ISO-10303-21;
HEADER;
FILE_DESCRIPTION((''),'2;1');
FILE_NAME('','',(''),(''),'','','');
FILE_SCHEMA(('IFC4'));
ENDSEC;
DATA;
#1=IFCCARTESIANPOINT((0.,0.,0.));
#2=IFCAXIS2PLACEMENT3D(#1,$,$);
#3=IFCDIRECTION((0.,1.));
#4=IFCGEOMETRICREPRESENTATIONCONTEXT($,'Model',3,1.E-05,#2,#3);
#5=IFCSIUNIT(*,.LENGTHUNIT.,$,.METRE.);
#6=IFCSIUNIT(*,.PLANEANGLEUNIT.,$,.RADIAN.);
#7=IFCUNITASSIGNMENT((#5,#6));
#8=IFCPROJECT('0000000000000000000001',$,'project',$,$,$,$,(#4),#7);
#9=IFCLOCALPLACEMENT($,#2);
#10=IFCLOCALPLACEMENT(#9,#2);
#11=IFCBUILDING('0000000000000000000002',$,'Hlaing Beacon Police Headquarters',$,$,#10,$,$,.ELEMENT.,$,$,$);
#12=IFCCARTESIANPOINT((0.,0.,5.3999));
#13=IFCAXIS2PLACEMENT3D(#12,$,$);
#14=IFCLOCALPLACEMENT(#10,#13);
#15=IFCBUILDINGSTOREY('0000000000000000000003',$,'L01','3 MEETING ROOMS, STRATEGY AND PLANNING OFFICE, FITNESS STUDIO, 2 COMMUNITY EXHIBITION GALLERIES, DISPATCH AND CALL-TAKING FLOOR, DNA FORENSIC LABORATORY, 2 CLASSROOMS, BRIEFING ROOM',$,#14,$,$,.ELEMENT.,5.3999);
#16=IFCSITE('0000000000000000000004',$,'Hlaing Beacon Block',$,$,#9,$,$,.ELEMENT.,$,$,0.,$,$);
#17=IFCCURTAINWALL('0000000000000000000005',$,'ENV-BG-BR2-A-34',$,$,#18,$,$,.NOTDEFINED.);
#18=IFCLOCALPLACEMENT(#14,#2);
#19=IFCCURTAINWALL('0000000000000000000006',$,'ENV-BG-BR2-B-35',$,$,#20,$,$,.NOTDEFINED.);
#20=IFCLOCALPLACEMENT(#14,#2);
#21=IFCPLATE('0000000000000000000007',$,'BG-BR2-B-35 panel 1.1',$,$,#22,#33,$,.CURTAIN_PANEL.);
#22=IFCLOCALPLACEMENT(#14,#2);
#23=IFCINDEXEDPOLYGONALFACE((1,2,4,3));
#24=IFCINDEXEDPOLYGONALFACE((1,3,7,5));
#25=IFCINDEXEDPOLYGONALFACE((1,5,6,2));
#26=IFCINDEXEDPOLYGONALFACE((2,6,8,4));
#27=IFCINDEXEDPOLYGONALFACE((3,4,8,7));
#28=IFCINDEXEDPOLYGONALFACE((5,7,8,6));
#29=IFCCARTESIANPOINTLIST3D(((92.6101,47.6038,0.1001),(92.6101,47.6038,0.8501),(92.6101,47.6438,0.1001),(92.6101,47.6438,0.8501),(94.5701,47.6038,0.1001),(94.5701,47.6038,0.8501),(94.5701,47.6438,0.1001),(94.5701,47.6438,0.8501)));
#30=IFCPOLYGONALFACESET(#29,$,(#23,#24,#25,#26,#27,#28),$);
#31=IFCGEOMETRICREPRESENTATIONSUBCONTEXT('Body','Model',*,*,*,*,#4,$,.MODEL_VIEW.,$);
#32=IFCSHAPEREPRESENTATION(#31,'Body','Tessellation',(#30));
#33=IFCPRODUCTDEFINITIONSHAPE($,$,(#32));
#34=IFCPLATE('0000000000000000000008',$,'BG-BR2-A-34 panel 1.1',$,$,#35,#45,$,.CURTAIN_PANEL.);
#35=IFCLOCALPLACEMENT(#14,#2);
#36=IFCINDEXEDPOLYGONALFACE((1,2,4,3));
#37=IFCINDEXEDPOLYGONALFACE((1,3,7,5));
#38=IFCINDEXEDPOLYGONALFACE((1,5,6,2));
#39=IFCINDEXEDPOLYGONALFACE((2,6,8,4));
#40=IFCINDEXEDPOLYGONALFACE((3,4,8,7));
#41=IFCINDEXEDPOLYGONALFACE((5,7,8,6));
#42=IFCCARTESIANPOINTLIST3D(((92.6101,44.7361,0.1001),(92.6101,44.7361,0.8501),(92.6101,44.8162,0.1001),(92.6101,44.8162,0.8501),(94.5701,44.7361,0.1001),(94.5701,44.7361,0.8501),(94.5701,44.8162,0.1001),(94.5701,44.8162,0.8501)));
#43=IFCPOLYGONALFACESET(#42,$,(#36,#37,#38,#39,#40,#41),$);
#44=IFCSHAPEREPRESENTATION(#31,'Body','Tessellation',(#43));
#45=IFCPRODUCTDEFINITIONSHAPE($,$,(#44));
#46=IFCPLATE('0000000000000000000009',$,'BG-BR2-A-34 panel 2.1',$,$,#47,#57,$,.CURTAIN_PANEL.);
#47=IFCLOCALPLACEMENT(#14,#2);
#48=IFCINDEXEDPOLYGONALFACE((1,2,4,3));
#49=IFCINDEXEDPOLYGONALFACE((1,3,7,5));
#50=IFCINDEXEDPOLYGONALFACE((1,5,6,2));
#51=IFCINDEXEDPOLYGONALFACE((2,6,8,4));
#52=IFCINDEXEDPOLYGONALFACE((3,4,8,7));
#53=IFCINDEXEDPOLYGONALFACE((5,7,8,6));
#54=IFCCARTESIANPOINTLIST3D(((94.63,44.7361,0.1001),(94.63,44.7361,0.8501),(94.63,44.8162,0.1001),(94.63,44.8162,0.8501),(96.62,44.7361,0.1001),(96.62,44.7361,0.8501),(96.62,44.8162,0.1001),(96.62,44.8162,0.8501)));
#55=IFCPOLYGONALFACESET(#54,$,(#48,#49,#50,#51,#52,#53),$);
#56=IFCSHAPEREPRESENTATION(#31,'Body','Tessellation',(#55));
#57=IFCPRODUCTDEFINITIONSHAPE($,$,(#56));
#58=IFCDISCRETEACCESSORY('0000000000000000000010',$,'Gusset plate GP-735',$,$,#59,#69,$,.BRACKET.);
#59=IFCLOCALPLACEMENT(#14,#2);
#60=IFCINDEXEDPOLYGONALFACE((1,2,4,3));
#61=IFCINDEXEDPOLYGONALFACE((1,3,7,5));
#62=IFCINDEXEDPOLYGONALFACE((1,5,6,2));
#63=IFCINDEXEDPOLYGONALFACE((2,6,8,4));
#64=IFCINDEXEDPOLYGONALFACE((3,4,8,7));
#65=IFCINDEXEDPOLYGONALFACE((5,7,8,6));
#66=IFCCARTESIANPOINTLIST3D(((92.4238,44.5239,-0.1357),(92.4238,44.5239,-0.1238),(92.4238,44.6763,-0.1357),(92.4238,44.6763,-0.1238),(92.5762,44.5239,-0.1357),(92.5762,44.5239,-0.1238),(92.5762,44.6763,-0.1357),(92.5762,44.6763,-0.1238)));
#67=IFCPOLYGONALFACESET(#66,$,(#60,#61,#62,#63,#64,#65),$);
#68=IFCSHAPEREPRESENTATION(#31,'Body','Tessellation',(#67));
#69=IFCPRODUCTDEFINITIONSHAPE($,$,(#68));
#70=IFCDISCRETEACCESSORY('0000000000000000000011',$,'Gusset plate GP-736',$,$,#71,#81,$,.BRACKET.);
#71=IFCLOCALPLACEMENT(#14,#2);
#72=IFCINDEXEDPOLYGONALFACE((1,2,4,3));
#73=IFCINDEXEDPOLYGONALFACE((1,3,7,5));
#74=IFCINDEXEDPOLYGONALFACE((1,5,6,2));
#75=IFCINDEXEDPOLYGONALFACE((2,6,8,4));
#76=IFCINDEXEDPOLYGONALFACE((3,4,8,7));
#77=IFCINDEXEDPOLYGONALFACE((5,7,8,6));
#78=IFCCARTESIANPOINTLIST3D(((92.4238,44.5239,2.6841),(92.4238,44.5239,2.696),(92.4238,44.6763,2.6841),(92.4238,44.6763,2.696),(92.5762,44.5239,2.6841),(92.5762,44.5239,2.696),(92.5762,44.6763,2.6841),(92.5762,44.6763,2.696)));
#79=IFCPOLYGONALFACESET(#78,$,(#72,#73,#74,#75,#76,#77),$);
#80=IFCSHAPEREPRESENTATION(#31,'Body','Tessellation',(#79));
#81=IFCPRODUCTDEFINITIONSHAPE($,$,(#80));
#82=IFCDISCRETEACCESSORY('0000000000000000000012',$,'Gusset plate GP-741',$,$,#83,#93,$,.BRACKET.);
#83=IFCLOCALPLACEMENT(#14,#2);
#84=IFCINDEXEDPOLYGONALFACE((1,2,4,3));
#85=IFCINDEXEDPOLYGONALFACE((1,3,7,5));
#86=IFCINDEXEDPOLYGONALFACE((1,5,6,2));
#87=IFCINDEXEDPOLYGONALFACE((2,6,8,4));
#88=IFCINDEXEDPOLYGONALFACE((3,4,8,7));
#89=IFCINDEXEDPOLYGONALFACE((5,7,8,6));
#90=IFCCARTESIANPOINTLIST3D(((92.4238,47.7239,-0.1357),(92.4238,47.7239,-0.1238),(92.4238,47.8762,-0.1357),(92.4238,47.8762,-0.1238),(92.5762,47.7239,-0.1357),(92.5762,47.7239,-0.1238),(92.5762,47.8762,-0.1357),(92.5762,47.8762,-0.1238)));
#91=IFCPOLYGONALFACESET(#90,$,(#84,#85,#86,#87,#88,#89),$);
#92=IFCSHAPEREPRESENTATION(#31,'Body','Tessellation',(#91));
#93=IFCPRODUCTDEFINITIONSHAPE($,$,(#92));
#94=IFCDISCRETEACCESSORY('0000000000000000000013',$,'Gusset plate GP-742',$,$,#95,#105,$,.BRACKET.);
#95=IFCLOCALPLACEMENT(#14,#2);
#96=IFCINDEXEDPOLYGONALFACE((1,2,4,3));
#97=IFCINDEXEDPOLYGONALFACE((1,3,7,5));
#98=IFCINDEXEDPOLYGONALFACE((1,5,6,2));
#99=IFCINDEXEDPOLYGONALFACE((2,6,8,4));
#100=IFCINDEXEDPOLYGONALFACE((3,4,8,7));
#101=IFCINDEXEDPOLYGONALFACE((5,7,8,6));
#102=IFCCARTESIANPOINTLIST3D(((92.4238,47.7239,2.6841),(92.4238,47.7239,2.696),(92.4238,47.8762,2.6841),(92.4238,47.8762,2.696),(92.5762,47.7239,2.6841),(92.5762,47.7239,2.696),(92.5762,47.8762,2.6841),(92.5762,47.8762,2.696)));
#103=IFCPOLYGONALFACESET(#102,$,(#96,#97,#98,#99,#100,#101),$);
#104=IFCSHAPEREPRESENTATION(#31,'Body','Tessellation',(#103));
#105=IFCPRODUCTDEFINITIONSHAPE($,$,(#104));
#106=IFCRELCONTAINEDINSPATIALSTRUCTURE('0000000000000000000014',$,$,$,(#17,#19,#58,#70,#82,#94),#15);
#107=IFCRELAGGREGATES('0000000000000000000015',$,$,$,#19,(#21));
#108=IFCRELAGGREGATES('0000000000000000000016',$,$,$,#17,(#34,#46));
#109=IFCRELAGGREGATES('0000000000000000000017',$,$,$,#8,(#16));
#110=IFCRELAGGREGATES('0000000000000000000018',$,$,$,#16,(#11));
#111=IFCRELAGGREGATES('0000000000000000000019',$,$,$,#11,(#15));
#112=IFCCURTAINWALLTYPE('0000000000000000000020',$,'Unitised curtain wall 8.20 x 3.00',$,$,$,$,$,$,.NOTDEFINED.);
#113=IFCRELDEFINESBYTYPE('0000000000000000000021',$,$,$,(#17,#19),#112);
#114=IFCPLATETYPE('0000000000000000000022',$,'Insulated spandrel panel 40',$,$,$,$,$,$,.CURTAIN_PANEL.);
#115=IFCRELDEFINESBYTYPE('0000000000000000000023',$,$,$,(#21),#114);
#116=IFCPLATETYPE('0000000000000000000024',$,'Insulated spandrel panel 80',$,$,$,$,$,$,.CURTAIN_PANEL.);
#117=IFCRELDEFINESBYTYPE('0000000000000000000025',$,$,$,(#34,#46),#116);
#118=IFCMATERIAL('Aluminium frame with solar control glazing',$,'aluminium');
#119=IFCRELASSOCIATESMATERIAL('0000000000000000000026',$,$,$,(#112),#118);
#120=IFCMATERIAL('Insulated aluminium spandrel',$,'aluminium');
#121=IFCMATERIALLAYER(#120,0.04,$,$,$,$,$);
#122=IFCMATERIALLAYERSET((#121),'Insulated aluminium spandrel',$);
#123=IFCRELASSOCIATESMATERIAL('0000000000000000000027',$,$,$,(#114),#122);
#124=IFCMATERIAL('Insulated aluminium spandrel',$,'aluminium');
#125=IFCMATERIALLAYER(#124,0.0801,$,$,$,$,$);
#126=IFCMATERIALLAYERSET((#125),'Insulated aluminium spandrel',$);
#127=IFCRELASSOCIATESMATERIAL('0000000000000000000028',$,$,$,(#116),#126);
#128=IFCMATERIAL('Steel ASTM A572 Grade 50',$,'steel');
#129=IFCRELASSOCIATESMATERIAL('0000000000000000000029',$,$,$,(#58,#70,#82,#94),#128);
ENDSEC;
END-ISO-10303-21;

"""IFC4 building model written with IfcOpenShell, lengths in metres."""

from ifc_helpers import new_model, si_unit, direction, frame, origin, origin_2d, place, context, subcontext, project, spatial, rectangle, extrude, material, layer, layer_set, type_object, element, aggregate, save


model = new_model("IFC4")

# Units and contexts
model_context = context("Model", 3, precision=1e-05, world=origin(), true_north=direction((0.0, 1.0)))
body_context = subcontext(model_context, "Body", "Model", "MODEL_VIEW")
ifc_project = project(units=[si_unit("LENGTHUNIT", "METRE"), si_unit("PLANEANGLEUNIT", "RADIAN")], contexts=[model_context])

# Site, building, storey
site_placement = place(None, origin())
site = spatial("IfcSite", under=ifc_project, at=site_placement, Name="Hlaing Beacon Block", CompositionType="ELEMENT", RefElevation=0.0)
building_placement = place(site_placement, origin())
building = spatial("IfcBuilding", under=site, at=building_placement, Name="Hlaing Beacon Police Headquarters", CompositionType="ELEMENT")
storey_placement = place(building_placement, frame((0.0, 0.0, 5.3999)))
storey = spatial("IfcBuildingStorey", under=building, at=storey_placement, Name="L01", Description="3 MEETING ROOMS, STRATEGY AND PLANNING OFFICE, FITNESS STUDIO, 2 COMMUNITY EXHIBITION GALLERIES, DISPATCH AND CALL-TAKING FLOOR, DNA FORENSIC LABORATORY, 2 CLASSROOMS, BRIEFING ROOM", CompositionType="ELEMENT", Elevation=5.3999)

# Curtain walls
ifc_material_1 = material(Name="Aluminium frame with solar control glazing", Category="aluminium")
curtain_wall_type = type_object("IfcCurtainWallType", Name="Unitised curtain wall 8.20 x 3.00", PredefinedType="NOTDEFINED", material=ifc_material_1)
curtain_wall_1_placement = place(storey_placement, origin())
curtain_wall_1 = element("IfcCurtainWall", 1, at=curtain_wall_1_placement, inside=storey, type_object=curtain_wall_type, Name="ENV-BG-BR2-A-34", PredefinedType="NOTDEFINED")
curtain_wall_2_placement = place(storey_placement, origin())
curtain_wall_2 = element("IfcCurtainWall", 2, at=curtain_wall_2_placement, inside=storey, type_object=curtain_wall_type, Name="ENV-BG-BR2-B-35", PredefinedType="NOTDEFINED")

# Plates
ifc_material_2 = material(Name="Insulated aluminium spandrel", Category="aluminium")
ifc_layer_1 = layer(ifc_material_2, 0.04)
ifc_layer_set_1 = layer_set([ifc_layer_1], Name="Insulated aluminium spandrel")
plate_type_1 = type_object("IfcPlateType", Name="Insulated spandrel panel 40", PredefinedType="CURTAIN_PANEL", material=ifc_layer_set_1)
plate_1_placement = place(storey_placement, frame((93.5901, 47.6238, 0.1001), z_axis=(0.0, 0.0, 1.0), x_axis=(1.0, 0.0, 0.0)))
plate_1 = element("IfcPlate", 3, at=plate_1_placement, type_object=plate_type_1, Name="BG-BR2-B-35 panel 1.1", PredefinedType="CURTAIN_PANEL", context=body_context, shape_type="SweptSolid", body=[
    extrude(rectangle(XDim=1.96, YDim=0.04, at=origin_2d()), origin(), (0.0, 0.0, 1.0), 0.75),
])
aggregate(curtain_wall_2, [plate_1])
ifc_material_3 = material(Name="Insulated aluminium spandrel", Category="aluminium")
ifc_layer_2 = layer(ifc_material_3, 0.0801)
ifc_layer_set_2 = layer_set([ifc_layer_2], Name="Insulated aluminium spandrel")
plate_type_2 = type_object("IfcPlateType", Name="Insulated spandrel panel 80", PredefinedType="CURTAIN_PANEL", material=ifc_layer_set_2)
plate_2_placement = place(storey_placement, frame((93.5901, 44.7761, 0.1001), z_axis=(0.0, 0.0, 1.0), x_axis=(1.0, 0.0, 0.0)))
plate_2 = element("IfcPlate", 4, at=plate_2_placement, type_object=plate_type_2, Name="BG-BR2-A-34 panel 1.1", PredefinedType="CURTAIN_PANEL", context=body_context, shape_type="SweptSolid", body=[
    extrude(rectangle(XDim=1.96, YDim=0.0801, at=origin_2d()), origin(), (0.0, 0.0, 1.0), 0.75),
])
plate_3_placement = place(storey_placement, frame((95.625, 44.7761, 0.1001), z_axis=(0.0, 0.0, 1.0), x_axis=(1.0, 0.0, 0.0)))
plate_3 = element("IfcPlate", 5, at=plate_3_placement, type_object=plate_type_2, Name="BG-BR2-A-34 panel 2.1", PredefinedType="CURTAIN_PANEL", context=body_context, shape_type="SweptSolid", body=[
    extrude(rectangle(XDim=1.99, YDim=0.0801, at=origin_2d()), origin(), (0.0, 0.0, 1.0), 0.75),
])
aggregate(curtain_wall_1, [plate_2, plate_3])

# Discrete accessories
ifc_material_4 = material(Name="Steel ASTM A572 Grade 50", Category="steel")
for number, where, z_axis, x_axis, name in (
    (6, (92.5, 44.6001, -0.1238), (0.0, 0.0, -1.0), (1.0, 0.0, 0.0), "Gusset plate GP-735"),
    (7, (92.5, 44.6001, 2.6841), (0.0, 0.0, 1.0), (1.0, 0.0, 0.0), "Gusset plate GP-736"),
    (8, (92.5, 47.8, -0.1238), (0.0, 0.0, -1.0), (1.0, 0.0, 0.0), "Gusset plate GP-741"),
    (9, (92.5, 47.8, 2.6841), (0.0, 0.0, 1.0), (1.0, 0.0, 0.0), "Gusset plate GP-742"),
):
    element("IfcDiscreteAccessory", number, at=place(storey_placement, frame(where, z_axis=z_axis, x_axis=x_axis)), inside=storey, material=ifc_material_4, Name=name, PredefinedType="BRACKET", context=body_context, shape_type="SweptSolid", body=[
        extrude(rectangle(XDim=0.1523, YDim=0.1523, at=origin_2d()), origin(), (0.0, 0.0, 1.0), 0.012),
    ])

save(model, "model.ifc")
